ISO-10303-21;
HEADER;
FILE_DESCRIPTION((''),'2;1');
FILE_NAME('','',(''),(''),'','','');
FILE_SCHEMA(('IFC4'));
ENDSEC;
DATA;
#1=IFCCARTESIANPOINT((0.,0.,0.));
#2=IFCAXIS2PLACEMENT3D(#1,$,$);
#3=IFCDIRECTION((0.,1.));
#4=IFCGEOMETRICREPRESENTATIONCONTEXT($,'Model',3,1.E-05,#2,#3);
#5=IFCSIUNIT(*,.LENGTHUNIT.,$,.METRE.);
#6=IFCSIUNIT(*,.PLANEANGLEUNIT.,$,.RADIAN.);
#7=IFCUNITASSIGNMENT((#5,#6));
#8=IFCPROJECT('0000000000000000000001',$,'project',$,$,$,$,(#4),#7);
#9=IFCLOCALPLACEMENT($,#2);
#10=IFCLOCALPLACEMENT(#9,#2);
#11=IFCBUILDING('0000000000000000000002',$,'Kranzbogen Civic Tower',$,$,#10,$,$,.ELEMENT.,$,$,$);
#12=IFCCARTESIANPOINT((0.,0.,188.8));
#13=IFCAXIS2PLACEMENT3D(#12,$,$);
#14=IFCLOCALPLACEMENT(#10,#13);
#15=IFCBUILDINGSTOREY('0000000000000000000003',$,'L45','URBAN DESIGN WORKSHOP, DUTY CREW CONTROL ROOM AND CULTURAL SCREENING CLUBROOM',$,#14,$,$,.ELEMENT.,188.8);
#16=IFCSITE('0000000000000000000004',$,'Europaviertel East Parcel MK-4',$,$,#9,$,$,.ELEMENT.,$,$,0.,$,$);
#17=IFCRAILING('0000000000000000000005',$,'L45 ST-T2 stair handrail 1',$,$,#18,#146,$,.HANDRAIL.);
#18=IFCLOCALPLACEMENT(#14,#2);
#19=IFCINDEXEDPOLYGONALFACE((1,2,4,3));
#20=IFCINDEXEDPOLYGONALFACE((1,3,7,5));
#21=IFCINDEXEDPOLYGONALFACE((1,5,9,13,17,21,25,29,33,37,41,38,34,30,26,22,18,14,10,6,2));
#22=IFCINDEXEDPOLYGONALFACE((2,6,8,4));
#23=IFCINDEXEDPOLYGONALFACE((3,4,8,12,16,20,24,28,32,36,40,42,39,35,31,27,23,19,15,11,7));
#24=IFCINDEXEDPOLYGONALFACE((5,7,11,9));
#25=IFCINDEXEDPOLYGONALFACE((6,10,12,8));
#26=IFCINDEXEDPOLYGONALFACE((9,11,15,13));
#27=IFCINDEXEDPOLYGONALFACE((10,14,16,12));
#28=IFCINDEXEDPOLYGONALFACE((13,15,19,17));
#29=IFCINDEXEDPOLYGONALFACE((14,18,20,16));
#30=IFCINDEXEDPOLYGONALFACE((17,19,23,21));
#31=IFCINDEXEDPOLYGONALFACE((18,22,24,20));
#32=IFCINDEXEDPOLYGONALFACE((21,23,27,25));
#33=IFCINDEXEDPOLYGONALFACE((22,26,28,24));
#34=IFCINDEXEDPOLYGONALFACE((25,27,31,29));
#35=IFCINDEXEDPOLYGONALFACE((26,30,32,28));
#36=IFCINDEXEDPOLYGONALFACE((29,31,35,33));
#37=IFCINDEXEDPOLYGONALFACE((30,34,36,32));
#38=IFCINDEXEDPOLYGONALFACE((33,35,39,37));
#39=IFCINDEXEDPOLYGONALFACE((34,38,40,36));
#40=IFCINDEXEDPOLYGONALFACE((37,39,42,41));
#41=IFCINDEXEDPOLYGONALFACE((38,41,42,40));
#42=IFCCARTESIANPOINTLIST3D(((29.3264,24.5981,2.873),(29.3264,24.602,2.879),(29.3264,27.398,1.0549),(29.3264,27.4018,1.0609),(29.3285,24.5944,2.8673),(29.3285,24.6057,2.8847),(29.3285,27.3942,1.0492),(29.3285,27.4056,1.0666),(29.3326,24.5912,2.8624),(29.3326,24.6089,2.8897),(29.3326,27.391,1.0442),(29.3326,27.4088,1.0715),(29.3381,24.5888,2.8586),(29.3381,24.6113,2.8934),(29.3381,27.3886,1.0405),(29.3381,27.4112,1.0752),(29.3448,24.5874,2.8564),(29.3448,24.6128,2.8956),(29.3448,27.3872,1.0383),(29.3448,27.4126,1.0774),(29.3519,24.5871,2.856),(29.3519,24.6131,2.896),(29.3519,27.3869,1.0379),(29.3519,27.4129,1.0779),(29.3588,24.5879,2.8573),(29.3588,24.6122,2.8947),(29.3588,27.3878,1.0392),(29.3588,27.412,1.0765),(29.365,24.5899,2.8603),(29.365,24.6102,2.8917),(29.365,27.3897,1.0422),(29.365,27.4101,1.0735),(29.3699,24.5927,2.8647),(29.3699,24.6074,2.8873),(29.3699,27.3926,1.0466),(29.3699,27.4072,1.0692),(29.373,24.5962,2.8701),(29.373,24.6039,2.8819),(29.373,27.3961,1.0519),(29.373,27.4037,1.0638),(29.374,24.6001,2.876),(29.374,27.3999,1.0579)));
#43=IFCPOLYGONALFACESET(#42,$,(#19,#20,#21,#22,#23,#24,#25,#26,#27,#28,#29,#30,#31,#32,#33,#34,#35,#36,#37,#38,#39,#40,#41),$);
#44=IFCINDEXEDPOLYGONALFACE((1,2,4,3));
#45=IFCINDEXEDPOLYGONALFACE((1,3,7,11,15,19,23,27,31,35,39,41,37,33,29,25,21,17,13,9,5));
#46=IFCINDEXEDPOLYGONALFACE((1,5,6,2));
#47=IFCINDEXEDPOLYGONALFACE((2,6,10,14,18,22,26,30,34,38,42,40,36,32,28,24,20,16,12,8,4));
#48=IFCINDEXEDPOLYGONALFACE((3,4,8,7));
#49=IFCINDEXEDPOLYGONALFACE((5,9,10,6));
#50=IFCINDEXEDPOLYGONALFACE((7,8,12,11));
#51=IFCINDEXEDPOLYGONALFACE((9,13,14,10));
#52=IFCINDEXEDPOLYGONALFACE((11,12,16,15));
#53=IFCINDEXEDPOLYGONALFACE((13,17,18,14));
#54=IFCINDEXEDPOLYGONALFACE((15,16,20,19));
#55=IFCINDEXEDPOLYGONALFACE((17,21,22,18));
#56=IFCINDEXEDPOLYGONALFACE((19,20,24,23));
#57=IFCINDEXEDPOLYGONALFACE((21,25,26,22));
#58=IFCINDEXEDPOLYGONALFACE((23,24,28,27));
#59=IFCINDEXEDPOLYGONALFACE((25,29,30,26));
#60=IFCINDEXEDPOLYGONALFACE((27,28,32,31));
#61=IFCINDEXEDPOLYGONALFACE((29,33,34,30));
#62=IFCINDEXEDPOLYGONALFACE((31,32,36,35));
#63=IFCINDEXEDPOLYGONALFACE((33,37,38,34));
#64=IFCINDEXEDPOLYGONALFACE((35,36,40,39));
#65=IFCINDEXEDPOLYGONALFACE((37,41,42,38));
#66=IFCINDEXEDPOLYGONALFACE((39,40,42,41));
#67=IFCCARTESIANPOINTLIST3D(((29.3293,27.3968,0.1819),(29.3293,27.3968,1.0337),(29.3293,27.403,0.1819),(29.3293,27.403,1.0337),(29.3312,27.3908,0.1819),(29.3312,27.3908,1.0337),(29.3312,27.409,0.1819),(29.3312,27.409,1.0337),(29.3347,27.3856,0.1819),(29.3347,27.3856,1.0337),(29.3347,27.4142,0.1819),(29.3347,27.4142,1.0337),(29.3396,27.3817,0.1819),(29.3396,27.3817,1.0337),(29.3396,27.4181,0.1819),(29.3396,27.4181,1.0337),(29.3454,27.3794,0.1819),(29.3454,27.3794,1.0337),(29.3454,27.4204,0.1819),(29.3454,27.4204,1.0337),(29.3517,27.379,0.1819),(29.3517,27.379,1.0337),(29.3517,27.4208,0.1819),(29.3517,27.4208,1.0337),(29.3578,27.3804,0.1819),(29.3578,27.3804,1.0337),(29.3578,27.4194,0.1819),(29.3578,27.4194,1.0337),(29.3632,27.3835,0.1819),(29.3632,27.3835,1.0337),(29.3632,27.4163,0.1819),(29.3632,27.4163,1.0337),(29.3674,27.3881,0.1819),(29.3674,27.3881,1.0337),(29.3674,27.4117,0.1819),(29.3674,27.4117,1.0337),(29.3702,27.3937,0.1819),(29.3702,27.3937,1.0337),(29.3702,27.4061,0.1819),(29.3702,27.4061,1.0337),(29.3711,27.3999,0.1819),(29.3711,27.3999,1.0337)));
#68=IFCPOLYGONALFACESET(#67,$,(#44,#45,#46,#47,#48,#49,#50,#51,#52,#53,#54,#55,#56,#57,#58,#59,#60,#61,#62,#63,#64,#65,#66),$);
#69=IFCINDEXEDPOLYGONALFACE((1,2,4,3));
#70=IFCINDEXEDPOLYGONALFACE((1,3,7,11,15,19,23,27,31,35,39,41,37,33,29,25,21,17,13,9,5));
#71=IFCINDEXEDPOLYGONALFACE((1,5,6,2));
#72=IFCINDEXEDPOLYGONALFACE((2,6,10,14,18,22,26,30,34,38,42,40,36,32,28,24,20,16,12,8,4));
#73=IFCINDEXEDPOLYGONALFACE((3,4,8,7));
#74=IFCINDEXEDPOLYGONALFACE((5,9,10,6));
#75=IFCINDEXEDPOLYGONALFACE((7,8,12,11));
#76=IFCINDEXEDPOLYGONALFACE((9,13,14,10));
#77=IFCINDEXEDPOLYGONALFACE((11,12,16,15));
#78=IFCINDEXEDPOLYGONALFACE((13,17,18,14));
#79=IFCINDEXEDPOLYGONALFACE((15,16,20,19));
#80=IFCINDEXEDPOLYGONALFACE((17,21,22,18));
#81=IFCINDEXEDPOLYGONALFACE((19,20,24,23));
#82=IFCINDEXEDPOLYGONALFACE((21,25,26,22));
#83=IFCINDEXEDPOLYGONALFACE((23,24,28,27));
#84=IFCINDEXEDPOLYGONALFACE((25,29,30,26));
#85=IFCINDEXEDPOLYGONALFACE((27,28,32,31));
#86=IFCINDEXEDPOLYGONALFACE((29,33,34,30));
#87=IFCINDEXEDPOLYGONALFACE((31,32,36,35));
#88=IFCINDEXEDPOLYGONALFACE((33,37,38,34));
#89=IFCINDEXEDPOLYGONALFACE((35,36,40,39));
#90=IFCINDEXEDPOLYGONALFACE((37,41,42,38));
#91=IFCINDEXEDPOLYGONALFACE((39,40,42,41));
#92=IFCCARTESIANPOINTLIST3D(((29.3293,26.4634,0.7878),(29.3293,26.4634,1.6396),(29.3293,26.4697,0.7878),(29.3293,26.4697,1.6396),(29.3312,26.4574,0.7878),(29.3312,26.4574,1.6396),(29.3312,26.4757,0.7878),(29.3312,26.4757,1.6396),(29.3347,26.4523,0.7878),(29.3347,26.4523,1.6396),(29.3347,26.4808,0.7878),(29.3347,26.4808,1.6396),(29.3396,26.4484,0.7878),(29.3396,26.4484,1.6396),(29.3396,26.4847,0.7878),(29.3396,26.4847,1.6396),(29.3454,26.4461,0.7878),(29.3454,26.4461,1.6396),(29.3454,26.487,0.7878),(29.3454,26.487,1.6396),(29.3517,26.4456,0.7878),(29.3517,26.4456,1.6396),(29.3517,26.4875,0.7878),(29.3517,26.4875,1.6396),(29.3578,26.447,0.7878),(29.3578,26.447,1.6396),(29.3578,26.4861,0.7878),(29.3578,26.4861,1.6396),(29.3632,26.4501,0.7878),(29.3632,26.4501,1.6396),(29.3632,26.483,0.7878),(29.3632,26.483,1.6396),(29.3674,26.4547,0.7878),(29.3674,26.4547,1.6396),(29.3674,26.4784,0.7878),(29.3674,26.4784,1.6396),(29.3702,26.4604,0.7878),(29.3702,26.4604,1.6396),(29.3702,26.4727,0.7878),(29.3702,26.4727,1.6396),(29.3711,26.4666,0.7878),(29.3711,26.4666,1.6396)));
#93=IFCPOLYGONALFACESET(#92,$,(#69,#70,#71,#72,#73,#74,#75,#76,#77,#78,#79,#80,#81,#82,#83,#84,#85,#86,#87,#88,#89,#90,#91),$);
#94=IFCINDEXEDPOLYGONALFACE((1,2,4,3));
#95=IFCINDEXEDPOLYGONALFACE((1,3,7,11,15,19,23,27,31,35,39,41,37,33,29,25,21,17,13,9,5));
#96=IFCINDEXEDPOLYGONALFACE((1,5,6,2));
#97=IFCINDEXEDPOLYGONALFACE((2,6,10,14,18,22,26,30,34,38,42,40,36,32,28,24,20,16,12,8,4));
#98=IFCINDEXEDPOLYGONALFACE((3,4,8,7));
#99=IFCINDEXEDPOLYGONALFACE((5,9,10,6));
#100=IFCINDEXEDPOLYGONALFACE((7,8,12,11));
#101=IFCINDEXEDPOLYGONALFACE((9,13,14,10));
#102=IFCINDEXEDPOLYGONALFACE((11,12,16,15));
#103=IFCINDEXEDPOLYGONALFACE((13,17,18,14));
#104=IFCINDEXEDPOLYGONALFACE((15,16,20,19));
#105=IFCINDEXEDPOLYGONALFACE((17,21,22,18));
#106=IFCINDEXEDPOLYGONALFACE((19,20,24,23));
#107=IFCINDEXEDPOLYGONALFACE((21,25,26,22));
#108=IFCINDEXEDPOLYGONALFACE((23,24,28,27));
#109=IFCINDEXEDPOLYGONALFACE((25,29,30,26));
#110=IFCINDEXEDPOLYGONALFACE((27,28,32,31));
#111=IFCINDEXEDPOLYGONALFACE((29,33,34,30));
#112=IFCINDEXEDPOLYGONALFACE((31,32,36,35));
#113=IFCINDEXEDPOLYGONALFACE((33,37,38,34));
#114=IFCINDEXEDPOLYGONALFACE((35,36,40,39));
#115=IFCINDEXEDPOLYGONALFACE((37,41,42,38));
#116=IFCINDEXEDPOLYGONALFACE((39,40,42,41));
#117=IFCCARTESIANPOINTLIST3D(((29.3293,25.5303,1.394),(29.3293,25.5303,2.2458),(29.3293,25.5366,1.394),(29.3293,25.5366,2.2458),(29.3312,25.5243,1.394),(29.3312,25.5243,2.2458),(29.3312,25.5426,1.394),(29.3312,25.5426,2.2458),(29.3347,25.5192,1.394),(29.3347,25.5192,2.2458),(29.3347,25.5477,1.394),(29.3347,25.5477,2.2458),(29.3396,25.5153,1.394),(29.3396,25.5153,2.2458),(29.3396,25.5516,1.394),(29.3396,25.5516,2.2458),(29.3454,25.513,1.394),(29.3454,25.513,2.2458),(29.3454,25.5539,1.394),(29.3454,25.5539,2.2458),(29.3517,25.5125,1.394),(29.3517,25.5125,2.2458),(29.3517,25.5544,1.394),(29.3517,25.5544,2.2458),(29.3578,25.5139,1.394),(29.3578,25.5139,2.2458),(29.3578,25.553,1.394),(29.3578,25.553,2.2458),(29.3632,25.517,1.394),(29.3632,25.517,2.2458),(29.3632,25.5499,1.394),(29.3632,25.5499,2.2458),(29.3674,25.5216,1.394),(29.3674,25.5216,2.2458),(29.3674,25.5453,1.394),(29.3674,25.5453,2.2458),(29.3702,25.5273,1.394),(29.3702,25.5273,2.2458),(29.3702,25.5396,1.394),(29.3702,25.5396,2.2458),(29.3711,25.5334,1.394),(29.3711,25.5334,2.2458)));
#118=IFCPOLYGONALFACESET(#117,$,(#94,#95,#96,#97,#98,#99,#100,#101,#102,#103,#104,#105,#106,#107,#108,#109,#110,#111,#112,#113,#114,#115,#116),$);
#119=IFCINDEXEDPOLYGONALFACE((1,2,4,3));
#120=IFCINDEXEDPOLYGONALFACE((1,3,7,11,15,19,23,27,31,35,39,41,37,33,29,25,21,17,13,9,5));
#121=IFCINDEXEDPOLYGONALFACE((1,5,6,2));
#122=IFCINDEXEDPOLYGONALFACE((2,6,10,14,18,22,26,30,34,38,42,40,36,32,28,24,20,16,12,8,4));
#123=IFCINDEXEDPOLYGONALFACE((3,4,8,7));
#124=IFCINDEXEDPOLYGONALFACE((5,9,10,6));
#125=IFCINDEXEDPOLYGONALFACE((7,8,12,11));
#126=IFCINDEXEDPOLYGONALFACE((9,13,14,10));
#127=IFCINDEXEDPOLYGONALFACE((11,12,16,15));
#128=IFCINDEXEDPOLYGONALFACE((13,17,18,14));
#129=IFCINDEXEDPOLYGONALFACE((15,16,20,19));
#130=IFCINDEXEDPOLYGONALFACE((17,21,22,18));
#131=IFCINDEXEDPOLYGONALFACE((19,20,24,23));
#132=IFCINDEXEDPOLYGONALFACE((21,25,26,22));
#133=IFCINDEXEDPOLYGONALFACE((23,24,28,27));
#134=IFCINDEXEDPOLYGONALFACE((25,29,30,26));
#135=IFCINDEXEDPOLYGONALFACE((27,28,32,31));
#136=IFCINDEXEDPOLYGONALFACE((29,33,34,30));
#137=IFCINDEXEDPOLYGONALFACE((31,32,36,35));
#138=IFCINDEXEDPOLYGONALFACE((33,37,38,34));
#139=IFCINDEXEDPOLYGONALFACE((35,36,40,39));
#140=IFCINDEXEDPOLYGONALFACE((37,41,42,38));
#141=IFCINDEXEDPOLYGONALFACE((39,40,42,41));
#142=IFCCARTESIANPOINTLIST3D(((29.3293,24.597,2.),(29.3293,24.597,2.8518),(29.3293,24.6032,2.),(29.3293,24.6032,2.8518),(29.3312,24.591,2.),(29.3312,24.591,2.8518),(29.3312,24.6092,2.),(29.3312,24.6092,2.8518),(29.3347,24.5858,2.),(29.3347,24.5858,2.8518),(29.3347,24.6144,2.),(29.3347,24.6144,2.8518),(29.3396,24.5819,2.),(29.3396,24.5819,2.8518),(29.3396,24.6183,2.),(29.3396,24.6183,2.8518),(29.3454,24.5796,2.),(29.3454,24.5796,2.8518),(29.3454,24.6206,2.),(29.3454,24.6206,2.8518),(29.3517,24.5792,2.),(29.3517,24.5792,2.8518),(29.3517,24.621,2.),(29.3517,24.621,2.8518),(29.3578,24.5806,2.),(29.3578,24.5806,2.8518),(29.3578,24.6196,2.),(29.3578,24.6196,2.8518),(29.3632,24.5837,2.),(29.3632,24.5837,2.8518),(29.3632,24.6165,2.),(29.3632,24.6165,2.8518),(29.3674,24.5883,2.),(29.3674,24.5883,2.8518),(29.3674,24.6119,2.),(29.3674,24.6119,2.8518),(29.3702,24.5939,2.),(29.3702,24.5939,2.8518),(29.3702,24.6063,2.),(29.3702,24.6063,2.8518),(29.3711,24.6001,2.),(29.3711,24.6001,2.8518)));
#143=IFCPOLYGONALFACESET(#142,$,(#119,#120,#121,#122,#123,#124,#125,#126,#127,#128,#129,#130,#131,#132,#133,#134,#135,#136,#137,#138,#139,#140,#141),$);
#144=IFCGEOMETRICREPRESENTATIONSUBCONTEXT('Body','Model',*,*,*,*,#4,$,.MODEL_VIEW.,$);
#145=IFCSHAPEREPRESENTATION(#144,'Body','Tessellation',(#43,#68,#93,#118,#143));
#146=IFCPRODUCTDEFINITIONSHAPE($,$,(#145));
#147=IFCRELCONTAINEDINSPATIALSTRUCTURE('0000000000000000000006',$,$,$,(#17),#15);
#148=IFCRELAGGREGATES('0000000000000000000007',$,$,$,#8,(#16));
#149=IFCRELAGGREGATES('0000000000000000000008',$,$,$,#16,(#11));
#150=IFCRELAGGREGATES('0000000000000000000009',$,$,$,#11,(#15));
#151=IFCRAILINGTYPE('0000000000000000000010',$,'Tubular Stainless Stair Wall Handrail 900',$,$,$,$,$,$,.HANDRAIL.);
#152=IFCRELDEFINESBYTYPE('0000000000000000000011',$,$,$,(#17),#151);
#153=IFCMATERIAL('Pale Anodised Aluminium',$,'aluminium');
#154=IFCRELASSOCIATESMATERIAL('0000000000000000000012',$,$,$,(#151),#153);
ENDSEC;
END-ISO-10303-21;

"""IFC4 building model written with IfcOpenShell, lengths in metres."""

from ifc_helpers import new_model, si_unit, direction, frame, origin, origin_2d, place, context, subcontext, project, spatial, circle, extrude, material, type_object, element, save


model = new_model("IFC4")

# Units and contexts
model_context = context("Model", 3, precision=1e-05, world=origin(), true_north=direction((0.0, 1.0)))
body_context = subcontext(model_context, "Body", "Model", "MODEL_VIEW")
ifc_project = project(units=[si_unit("LENGTHUNIT", "METRE"), si_unit("PLANEANGLEUNIT", "RADIAN")], contexts=[model_context])

# Site, building, storey
site_placement = place(None, origin())
site = spatial("IfcSite", under=ifc_project, at=site_placement, Name="Europaviertel East Parcel MK-4", CompositionType="ELEMENT", RefElevation=0.0)
building_placement = place(site_placement, origin())
building = spatial("IfcBuilding", under=site, at=building_placement, Name="Kranzbogen Civic Tower", CompositionType="ELEMENT")
storey_placement = place(building_placement, frame((0.0, 0.0, 188.8)))
storey = spatial("IfcBuildingStorey", under=building, at=storey_placement, Name="L45", Description="URBAN DESIGN WORKSHOP, DUTY CREW CONTROL ROOM AND CULTURAL SCREENING CLUBROOM", CompositionType="ELEMENT", Elevation=188.8)

# Shared definitions
ifc_material_1 = material(Name="Pale Anodised Aluminium", Category="aluminium")

# Railing
railing_type_1 = type_object("IfcRailingType", Name="Tubular Stainless Stair Wall Handrail 900", PredefinedType="HANDRAIL", material=ifc_material_1)
railing_1_placement = place(storey_placement, frame((29.3501, 27.3999, 0.1819)))
element("IfcRailing", 1, at=railing_1_placement, inside=storey, type_object=railing_type_1, Name="L45 ST-T2 stair handrail 1", PredefinedType="HANDRAIL", context=body_context, shape_type="SweptSolid", body=[
    extrude(circle(Radius=0.0239, at=origin_2d()), frame((0.0, 0.0, 0.876), z_axis=(0.0, -0.838684, 0.544618), x_axis=(1.0, 0.0, 0.0)), (0.0, 0.0, 1.0), 3.3384),
    extrude(circle(Radius=0.021, at=origin_2d()), origin(), (0.0, 0.0, 1.0), 0.8518),
    extrude(circle(Radius=0.021, at=origin_2d()), frame((0.0, -0.9333, 0.606)), (0.0, 0.0, 1.0), 0.8518),
    extrude(circle(Radius=0.021, at=origin_2d()), frame((0.0, -1.8665, 1.2122)), (0.0, 0.0, 1.0), 0.8518),
    extrude(circle(Radius=0.021, at=origin_2d()), frame((0.0, -2.7998, 1.8181)), (0.0, 0.0, 1.0), 0.8518),
])

save(model, "model.ifc")
